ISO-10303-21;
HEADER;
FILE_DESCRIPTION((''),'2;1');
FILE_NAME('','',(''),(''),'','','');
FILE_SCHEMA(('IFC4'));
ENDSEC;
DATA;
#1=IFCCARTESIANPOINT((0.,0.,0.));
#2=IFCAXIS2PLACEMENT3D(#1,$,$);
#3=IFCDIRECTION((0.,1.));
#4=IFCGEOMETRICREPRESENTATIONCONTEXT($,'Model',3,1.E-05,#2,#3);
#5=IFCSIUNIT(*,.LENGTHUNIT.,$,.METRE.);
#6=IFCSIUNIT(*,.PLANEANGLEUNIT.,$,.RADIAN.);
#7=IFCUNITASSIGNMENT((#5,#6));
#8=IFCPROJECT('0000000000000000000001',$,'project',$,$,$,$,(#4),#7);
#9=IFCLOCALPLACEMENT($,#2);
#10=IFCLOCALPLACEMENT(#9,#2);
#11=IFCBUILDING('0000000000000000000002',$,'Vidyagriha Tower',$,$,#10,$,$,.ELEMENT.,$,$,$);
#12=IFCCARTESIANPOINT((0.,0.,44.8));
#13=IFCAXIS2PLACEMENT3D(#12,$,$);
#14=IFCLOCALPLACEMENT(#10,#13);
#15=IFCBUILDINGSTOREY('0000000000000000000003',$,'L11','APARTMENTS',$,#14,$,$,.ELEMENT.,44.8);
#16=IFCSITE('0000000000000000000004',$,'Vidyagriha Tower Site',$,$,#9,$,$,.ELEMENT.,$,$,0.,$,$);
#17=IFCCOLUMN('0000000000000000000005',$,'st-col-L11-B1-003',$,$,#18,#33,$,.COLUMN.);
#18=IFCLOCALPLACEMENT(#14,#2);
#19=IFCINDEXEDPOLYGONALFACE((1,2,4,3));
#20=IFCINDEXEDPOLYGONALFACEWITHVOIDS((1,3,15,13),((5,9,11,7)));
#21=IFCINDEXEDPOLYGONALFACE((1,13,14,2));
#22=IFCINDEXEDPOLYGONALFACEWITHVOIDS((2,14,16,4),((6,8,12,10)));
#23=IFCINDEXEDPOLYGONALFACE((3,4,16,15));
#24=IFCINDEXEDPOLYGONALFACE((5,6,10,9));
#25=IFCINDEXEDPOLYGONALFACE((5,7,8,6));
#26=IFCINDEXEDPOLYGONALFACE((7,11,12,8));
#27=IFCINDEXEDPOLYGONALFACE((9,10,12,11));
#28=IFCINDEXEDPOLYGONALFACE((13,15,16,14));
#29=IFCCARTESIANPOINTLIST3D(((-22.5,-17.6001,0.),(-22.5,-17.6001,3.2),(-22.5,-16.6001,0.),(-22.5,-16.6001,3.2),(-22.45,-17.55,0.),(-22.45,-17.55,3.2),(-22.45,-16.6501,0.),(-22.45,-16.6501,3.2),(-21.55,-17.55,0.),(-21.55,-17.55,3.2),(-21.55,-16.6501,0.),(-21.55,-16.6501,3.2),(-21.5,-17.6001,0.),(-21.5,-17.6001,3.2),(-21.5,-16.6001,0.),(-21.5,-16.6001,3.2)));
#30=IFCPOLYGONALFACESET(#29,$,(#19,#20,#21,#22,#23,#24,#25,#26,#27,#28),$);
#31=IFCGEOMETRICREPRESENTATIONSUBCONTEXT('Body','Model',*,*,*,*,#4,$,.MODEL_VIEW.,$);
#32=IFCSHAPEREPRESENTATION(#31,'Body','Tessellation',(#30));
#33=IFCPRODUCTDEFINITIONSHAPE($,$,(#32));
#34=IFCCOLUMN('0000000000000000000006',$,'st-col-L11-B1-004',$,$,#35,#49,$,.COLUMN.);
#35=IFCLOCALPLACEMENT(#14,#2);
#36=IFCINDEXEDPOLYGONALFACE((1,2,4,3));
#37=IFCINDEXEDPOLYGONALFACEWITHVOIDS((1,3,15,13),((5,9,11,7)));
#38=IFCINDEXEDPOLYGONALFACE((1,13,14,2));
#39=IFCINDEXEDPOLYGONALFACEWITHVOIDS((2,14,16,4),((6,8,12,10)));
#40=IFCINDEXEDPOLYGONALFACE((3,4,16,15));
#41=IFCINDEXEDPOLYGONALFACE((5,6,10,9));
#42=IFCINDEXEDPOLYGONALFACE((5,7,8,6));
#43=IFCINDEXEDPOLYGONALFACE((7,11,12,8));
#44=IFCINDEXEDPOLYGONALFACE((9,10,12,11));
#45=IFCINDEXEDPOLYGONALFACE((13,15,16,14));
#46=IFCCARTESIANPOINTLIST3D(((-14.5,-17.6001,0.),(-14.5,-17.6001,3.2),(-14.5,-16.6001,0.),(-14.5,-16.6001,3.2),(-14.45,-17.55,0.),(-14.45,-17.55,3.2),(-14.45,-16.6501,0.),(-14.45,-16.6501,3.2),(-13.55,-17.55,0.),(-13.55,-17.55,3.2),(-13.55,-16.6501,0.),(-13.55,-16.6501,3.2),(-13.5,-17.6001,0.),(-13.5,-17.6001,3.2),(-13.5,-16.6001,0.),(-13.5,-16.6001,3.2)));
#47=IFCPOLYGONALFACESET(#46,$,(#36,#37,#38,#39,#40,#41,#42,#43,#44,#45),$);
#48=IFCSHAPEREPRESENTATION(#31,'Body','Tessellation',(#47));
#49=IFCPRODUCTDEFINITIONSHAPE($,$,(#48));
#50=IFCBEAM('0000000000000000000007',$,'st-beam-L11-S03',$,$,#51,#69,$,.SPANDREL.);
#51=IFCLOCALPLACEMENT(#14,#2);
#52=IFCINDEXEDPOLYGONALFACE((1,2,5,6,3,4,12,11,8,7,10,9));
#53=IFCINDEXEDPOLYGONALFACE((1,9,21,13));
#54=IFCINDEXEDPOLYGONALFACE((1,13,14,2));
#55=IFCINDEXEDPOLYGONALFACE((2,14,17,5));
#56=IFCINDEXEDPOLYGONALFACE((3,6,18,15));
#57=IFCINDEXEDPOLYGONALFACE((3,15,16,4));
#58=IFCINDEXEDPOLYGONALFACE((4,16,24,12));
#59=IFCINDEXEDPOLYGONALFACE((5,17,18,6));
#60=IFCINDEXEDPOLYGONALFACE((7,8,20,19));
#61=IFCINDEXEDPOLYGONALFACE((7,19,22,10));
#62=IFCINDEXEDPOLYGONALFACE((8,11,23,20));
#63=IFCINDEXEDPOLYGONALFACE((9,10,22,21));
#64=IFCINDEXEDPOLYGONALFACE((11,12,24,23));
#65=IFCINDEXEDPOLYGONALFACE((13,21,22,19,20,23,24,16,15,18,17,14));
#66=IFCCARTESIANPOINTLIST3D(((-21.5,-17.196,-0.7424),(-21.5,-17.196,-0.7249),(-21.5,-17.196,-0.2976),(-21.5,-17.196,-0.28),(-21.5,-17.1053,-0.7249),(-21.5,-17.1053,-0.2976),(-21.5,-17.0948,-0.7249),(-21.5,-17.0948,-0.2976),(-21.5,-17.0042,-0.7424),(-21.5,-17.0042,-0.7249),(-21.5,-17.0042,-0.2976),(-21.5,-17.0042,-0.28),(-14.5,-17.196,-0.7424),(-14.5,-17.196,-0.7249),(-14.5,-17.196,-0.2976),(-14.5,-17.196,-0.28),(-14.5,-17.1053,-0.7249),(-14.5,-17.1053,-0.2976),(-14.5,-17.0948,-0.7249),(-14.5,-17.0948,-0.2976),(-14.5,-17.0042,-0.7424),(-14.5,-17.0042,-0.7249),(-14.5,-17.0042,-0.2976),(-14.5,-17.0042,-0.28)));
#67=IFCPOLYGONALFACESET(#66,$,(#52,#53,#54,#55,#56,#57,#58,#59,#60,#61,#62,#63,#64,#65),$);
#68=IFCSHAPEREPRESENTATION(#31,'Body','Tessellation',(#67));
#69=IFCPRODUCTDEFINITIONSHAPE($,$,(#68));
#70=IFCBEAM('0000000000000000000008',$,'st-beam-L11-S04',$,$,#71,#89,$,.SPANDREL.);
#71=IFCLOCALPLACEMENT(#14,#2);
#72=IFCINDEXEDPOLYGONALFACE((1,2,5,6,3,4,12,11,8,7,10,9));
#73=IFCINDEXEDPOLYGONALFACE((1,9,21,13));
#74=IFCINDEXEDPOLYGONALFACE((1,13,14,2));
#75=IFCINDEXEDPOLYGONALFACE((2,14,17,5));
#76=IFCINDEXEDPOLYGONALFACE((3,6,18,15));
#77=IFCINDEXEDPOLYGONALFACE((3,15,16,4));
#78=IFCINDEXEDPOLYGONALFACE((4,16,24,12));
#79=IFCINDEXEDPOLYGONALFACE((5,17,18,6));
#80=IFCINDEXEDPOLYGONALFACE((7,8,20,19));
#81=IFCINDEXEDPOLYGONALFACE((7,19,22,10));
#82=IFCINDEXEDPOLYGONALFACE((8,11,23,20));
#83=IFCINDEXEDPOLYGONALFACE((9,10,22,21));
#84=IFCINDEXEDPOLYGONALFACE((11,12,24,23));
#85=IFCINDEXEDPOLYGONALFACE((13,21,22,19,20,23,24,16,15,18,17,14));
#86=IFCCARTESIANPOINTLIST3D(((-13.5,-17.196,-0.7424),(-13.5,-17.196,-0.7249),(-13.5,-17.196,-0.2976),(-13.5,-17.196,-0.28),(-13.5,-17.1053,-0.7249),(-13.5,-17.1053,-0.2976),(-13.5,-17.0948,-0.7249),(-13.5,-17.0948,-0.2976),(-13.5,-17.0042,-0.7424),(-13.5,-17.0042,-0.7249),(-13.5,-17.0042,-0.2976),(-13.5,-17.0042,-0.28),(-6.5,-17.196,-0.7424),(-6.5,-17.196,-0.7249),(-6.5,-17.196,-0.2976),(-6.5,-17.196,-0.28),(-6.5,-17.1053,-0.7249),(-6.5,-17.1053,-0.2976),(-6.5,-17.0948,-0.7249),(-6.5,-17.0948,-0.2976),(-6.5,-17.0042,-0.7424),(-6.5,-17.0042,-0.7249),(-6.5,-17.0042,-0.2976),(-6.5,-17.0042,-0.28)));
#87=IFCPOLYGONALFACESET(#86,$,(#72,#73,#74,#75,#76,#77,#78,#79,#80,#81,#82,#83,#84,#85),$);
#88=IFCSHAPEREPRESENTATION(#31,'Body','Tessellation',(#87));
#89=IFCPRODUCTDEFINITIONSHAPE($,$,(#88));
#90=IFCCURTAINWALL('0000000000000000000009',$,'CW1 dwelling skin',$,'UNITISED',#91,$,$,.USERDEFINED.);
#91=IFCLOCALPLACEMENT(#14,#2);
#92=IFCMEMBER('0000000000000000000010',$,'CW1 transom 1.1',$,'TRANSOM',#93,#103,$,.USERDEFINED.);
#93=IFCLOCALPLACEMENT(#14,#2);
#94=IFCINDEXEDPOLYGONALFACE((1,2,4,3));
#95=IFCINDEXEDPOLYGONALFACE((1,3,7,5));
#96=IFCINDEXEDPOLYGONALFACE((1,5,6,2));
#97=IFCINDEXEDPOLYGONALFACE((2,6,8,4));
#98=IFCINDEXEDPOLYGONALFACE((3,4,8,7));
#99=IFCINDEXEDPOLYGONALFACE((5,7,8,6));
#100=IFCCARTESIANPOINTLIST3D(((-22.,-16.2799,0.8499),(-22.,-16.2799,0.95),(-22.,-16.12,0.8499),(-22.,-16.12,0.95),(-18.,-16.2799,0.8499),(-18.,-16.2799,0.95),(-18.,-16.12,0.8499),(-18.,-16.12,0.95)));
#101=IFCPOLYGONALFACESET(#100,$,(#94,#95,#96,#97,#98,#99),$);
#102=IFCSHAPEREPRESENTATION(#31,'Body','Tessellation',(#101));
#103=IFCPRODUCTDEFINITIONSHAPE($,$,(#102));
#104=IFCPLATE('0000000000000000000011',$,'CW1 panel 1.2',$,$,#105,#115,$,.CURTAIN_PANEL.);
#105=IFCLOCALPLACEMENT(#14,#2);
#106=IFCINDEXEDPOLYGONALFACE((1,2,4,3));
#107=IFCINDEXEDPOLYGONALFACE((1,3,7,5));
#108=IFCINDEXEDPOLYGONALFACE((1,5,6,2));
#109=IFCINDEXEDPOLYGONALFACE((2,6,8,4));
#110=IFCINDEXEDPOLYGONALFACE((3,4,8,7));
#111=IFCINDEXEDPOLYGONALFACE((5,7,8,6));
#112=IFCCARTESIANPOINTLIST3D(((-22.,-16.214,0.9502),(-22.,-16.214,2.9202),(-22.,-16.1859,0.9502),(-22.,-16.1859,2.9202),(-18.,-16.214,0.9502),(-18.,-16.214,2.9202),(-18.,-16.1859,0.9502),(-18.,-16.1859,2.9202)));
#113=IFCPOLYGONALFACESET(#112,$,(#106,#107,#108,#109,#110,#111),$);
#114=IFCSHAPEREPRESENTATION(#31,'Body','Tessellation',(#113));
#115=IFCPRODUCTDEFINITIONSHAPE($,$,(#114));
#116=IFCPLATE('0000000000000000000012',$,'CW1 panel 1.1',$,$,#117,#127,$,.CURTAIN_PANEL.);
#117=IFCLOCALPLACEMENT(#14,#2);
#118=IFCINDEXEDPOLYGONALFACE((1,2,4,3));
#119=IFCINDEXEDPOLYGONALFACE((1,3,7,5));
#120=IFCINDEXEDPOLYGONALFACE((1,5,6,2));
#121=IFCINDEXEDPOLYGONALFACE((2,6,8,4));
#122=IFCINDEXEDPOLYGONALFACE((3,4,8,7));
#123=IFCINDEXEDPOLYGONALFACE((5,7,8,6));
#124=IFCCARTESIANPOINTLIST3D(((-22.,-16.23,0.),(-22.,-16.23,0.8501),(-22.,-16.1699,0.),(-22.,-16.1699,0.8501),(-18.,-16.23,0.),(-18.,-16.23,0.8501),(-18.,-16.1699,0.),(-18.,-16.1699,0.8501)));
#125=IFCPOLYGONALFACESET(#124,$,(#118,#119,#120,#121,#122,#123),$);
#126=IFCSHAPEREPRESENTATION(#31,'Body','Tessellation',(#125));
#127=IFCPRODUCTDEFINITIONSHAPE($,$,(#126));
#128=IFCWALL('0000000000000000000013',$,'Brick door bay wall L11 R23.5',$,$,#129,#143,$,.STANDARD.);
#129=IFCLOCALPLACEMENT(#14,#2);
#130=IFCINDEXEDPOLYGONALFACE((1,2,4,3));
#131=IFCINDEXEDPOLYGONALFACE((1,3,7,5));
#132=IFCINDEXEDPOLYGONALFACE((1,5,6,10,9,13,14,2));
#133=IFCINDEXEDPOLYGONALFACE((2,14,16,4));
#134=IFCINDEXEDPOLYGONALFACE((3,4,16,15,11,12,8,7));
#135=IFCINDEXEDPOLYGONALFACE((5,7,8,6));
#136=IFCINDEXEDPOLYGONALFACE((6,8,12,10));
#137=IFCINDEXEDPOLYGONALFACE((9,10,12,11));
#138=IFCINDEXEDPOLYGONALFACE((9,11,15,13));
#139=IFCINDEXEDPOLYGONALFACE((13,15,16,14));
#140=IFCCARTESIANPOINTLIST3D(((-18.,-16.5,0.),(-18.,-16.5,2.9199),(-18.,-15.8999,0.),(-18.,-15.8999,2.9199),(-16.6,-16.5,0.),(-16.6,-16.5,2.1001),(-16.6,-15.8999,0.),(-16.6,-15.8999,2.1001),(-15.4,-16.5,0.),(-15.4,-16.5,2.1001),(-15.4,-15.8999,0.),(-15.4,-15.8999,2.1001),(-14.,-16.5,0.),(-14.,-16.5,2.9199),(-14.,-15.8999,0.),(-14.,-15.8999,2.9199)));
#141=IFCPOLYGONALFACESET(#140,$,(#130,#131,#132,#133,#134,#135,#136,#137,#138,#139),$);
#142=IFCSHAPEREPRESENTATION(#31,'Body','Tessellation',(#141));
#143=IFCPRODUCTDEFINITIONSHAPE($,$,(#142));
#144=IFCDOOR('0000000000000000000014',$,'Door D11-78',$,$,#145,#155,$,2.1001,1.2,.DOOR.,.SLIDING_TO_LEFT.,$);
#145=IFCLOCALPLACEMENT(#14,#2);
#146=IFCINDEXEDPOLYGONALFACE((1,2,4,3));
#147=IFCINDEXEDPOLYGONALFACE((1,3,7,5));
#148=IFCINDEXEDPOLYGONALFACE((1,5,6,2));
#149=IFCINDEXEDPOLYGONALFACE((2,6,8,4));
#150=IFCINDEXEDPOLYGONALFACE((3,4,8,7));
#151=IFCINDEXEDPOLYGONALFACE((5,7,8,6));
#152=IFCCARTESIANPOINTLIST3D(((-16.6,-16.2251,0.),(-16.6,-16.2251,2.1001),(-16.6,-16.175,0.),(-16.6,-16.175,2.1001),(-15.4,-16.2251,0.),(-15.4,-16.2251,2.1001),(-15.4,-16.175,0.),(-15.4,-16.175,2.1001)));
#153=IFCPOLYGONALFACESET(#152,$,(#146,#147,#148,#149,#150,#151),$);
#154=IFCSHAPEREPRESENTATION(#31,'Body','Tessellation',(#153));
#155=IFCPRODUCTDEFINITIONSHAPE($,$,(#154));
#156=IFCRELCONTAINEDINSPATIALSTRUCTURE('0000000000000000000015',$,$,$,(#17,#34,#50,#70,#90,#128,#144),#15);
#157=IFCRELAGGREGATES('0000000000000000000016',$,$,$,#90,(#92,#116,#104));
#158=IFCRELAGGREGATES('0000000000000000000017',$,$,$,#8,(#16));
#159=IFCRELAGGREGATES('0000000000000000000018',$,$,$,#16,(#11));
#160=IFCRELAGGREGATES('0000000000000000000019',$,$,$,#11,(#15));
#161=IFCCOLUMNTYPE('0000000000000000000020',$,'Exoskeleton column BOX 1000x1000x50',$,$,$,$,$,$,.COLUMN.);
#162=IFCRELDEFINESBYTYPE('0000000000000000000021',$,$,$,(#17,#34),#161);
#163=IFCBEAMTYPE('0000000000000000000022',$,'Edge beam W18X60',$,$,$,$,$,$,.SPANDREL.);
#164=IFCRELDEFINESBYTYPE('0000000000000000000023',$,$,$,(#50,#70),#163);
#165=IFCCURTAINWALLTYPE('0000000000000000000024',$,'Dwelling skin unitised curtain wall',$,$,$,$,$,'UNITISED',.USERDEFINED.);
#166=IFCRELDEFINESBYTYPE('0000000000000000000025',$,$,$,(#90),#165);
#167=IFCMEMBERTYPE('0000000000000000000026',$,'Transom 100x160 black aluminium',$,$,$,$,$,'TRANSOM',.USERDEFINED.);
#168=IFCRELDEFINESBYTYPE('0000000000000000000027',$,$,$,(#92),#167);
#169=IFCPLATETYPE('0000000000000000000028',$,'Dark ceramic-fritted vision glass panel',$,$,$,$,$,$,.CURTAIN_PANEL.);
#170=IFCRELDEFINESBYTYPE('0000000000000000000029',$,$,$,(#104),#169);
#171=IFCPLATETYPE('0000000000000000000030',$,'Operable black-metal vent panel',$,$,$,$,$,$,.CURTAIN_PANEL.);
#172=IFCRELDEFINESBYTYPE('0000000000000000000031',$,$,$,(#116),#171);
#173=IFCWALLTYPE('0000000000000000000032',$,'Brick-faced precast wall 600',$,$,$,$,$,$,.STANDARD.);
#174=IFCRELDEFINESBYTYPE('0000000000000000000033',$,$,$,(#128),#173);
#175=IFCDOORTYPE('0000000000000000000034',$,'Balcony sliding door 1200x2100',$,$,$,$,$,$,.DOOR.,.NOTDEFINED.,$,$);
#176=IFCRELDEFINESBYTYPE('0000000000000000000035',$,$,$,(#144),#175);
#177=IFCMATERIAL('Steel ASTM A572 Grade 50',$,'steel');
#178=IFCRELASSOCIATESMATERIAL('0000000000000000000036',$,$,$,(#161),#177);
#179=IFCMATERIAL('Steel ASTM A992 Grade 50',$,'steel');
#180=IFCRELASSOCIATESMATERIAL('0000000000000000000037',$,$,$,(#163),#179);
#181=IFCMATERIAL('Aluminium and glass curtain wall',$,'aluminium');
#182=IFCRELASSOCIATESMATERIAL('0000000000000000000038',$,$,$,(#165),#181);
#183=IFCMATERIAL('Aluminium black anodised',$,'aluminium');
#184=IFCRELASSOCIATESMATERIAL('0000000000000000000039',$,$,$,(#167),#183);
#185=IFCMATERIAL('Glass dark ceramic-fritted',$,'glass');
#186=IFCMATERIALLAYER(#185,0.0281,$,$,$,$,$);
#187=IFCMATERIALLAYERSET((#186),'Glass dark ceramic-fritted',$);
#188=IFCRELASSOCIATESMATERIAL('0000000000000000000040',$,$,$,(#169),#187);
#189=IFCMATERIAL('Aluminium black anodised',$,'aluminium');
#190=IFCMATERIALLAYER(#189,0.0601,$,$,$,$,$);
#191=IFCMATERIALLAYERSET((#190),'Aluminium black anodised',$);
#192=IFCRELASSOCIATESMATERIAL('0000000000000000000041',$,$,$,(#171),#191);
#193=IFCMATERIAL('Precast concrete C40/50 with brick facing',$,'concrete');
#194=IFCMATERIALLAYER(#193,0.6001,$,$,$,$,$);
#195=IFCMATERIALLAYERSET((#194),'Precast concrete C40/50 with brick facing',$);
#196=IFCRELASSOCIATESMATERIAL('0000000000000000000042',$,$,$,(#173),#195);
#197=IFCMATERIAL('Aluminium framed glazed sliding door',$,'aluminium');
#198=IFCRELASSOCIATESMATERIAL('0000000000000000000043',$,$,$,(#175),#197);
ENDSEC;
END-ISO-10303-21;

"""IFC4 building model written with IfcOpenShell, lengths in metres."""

from ifc_helpers import new_model, si_unit, direction, frame, frame_2d, origin, origin_2d, place, context, subcontext, project, spatial, rectangle, hollow_rectangle, i_section, extrude, material, layer, layer_set, material_profile, profile_set, type_object, element, fill, aggregate, save


model = new_model("IFC4")

# Units and contexts
model_context = context("Model", 3, precision=1e-05, world=origin(), true_north=direction((0.0, 1.0)))
body_context = subcontext(model_context, "Body", "Model", "MODEL_VIEW")
ifc_project = project(units=[si_unit("LENGTHUNIT", "METRE"), si_unit("PLANEANGLEUNIT", "RADIAN")], contexts=[model_context])

# Site, building, storey
site_placement = place(None, origin())
site = spatial("IfcSite", under=ifc_project, at=site_placement, Name="Vidyagriha Tower Site", CompositionType="ELEMENT", RefElevation=0.0)
building_placement = place(site_placement, origin())
building = spatial("IfcBuilding", under=site, at=building_placement, Name="Vidyagriha Tower", CompositionType="ELEMENT")
storey_placement = place(building_placement, frame((0.0, 0.0, 44.8)))
storey = spatial("IfcBuildingStorey", under=building, at=storey_placement, Name="L11", Description="APARTMENTS", CompositionType="ELEMENT", Elevation=44.8)

# Columns
ifc_material_1 = material(Name="Steel ASTM A572 Grade 50", Category="steel")
ifc_material_profile_1 = material_profile(ifc_material_1, hollow_rectangle(XDim=1.0, YDim=1.0, WallThickness=0.05, at=origin_2d()), Name="BOX 1000x1000x50")
ifc_profile_set_1 = profile_set([ifc_material_profile_1], Name="Steel ASTM A572 Grade 50")
column_type = type_object("IfcColumnType", Name="Exoskeleton column BOX 1000x1000x50", PredefinedType="COLUMN", material=ifc_profile_set_1)
for number, where, name in (
    (1, (-22.0, -17.1001, 0.0), "st-col-L11-B1-003"),
    (2, (-14.0, -17.1001, 0.0), "st-col-L11-B1-004"),
):
    element("IfcColumn", number, at=place(storey_placement, frame(where)), inside=storey, type_object=column_type, Name=name, PredefinedType="COLUMN", context=body_context, shape_type="SweptSolid", body=[
        extrude(hollow_rectangle(XDim=1.0, YDim=1.0, WallThickness=0.05, at=origin_2d()), origin(), (0.0, 0.0, 1.0), 3.2),
    ])

# Beams
ifc_material_2 = material(Name="Steel ASTM A992 Grade 50", Category="steel")
ifc_material_profile_2 = material_profile(ifc_material_2, i_section(OverallWidth=0.1919, OverallDepth=0.4624, WebThickness=0.0105, FlangeThickness=0.0176, at=origin_2d()), Name="W18X60")
ifc_profile_set_2 = profile_set([ifc_material_profile_2], Name="Steel ASTM A992 Grade 50")
beam_type = type_object("IfcBeamType", Name="Edge beam W18X60", PredefinedType="SPANDREL", material=ifc_profile_set_2)
for number, where, z_axis, x_axis, name in (
    (3, (-21.5, -17.1001, -0.5112), (1.0, 0.0, 0.0), (0.0, 1.0, 0.0), "st-beam-L11-S03"),
    (4, (-13.5, -17.1001, -0.5112), (1.0, 0.0, 0.0), (0.0, 1.0, 0.0), "st-beam-L11-S04"),
):
    element("IfcBeam", number, at=place(storey_placement, frame(where, z_axis=z_axis, x_axis=x_axis)), inside=storey, type_object=beam_type, Name=name, PredefinedType="SPANDREL", context=body_context, shape_type="SweptSolid", body=[
        extrude(i_section(OverallWidth=0.1919, OverallDepth=0.4624, WebThickness=0.0105, FlangeThickness=0.0176, at=origin_2d()), origin(), (0.0, 0.0, 1.0), 7.0),
    ])

# Curtain wall, member, plates
ifc_material_3 = material(Name="Aluminium and glass curtain wall", Category="aluminium")
curtain_wall_type = type_object("IfcCurtainWallType", Name="Dwelling skin unitised curtain wall", ElementType="UNITISED", PredefinedType="USERDEFINED", material=ifc_material_3)
curtain_wall_placement = place(storey_placement, origin())
curtain_wall = element("IfcCurtainWall", 5, at=curtain_wall_placement, inside=storey, type_object=curtain_wall_type, Name="CW1 dwelling skin", ObjectType="UNITISED", PredefinedType="USERDEFINED")
ifc_material_4 = material(Name="Aluminium black anodised", Category="aluminium")
ifc_material_profile_3 = material_profile(ifc_material_4, rectangle(XDim=0.1599, YDim=0.1001, at=origin_2d()), Name="Transom 100x160 black aluminium")
ifc_profile_set_3 = profile_set([ifc_material_profile_3], Name="Aluminium black anodised")
member_type = type_object("IfcMemberType", Name="Transom 100x160 black aluminium", ElementType="TRANSOM", PredefinedType="USERDEFINED", material=ifc_profile_set_3)
member_placement = place(storey_placement, frame((-22.0, -16.2, 0.8999), z_axis=(1.0, 0.0, 0.0), x_axis=(0.0, 1.0, 0.0)))
member = element("IfcMember", 6, at=member_placement, type_object=member_type, Name="CW1 transom 1.1", ObjectType="TRANSOM", PredefinedType="USERDEFINED", context=body_context, shape_type="SweptSolid", body=[
    extrude(rectangle(XDim=0.1599, YDim=0.1001, at=origin_2d()), origin(), (0.0, 0.0, 1.0), 4.0),
])
ifc_material_5 = material(Name="Glass dark ceramic-fritted", Category="glass")
ifc_layer_1 = layer(ifc_material_5, 0.0281)
ifc_layer_set_1 = layer_set([ifc_layer_1], Name="Glass dark ceramic-fritted")
plate_type_1 = type_object("IfcPlateType", Name="Dark ceramic-fritted vision glass panel", PredefinedType="CURTAIN_PANEL", material=ifc_layer_set_1)
plate_1_placement = place(storey_placement, frame((-20.0, -16.2, 0.9502)))
plate_1 = element("IfcPlate", 7, at=plate_1_placement, type_object=plate_type_1, Name="CW1 panel 1.2", PredefinedType="CURTAIN_PANEL", context=body_context, shape_type="SweptSolid", body=[
    extrude(rectangle(XDim=4.0, YDim=0.0281, at=origin_2d()), origin(), (0.0, 0.0, 1.0), 1.97),
])
ifc_material_6 = material(Name="Aluminium black anodised", Category="aluminium")
ifc_layer_2 = layer(ifc_material_6, 0.0601)
ifc_layer_set_2 = layer_set([ifc_layer_2], Name="Aluminium black anodised")
plate_type_2 = type_object("IfcPlateType", Name="Operable black-metal vent panel", PredefinedType="CURTAIN_PANEL", material=ifc_layer_set_2)
plate_2_placement = place(storey_placement, frame((-20.0, -16.2, 0.0)))
plate_2 = element("IfcPlate", 8, at=plate_2_placement, type_object=plate_type_2, Name="CW1 panel 1.1", PredefinedType="CURTAIN_PANEL", context=body_context, shape_type="SweptSolid", body=[
    extrude(rectangle(XDim=4.0, YDim=0.0601, at=origin_2d()), origin(), (0.0, 0.0, 1.0), 0.8501),
])
aggregate(curtain_wall, [member, plate_2, plate_1])

# Wall, opening, door
ifc_material_7 = material(Name="Precast concrete C40/50 with brick facing", Category="concrete")
ifc_layer_3 = layer(ifc_material_7, 0.6001)
ifc_layer_set_3 = layer_set([ifc_layer_3], Name="Precast concrete C40/50 with brick facing")
wall_type = type_object("IfcWallType", Name="Brick-faced precast wall 600", PredefinedType="STANDARD", material=ifc_layer_set_3)
wall_placement = place(storey_placement, frame((-18.0, -16.2, 0.0)))
wall = element("IfcWall", 9, at=wall_placement, inside=storey, type_object=wall_type, Name="Brick door bay wall L11 R23.5", PredefinedType="STANDARD", context=body_context, shape_type="SweptSolid", body=[
    extrude(rectangle(XDim=4.0, YDim=0.6001, at=frame_2d((2.0, 0.0))), origin(), (0.0, 0.0, 1.0), 2.9199),
])
opening_placement = place(wall_placement, frame((1.3999, 0.0, 0.0)))
opening = element("IfcOpeningElement", 10, at=opening_placement, cuts=wall, PredefinedType="OPENING", context=body_context, shape_type="SweptSolid", body=[
    extrude(rectangle(XDim=1.2, YDim=2.1001, at=frame_2d((0.6001, 1.05))), frame((0.0, 0.3101, 0.0), z_axis=(0.0, -1.0, 0.0), x_axis=(1.0, 0.0, 0.0)), (0.0, 0.0, 1.0), 0.6201),
])
ifc_material_8 = material(Name="Aluminium framed glazed sliding door", Category="aluminium")
door_type = type_object("IfcDoorType", Name="Balcony sliding door 1200x2100", OperationType="NOTDEFINED", PredefinedType="DOOR", material=ifc_material_8)
door_placement = place(opening_placement, origin())
door = element("IfcDoor", 11, at=door_placement, inside=storey, type_object=door_type, Name="Door D11-78", OperationType="SLIDING_TO_LEFT", OverallHeight=2.1001, OverallWidth=1.2, PredefinedType="DOOR", context=body_context, shape_type="SweptSolid", body=[
    extrude(rectangle(XDim=1.2, YDim=2.1001, at=frame_2d((0.6001, 1.05))), frame((0.0, 0.0249, 0.0), z_axis=(0.0, -1.0, 0.0), x_axis=(1.0, 0.0, 0.0)), (0.0, 0.0, 1.0), 0.05),
])
fill(opening, door)

save(model, "model.ifc")
